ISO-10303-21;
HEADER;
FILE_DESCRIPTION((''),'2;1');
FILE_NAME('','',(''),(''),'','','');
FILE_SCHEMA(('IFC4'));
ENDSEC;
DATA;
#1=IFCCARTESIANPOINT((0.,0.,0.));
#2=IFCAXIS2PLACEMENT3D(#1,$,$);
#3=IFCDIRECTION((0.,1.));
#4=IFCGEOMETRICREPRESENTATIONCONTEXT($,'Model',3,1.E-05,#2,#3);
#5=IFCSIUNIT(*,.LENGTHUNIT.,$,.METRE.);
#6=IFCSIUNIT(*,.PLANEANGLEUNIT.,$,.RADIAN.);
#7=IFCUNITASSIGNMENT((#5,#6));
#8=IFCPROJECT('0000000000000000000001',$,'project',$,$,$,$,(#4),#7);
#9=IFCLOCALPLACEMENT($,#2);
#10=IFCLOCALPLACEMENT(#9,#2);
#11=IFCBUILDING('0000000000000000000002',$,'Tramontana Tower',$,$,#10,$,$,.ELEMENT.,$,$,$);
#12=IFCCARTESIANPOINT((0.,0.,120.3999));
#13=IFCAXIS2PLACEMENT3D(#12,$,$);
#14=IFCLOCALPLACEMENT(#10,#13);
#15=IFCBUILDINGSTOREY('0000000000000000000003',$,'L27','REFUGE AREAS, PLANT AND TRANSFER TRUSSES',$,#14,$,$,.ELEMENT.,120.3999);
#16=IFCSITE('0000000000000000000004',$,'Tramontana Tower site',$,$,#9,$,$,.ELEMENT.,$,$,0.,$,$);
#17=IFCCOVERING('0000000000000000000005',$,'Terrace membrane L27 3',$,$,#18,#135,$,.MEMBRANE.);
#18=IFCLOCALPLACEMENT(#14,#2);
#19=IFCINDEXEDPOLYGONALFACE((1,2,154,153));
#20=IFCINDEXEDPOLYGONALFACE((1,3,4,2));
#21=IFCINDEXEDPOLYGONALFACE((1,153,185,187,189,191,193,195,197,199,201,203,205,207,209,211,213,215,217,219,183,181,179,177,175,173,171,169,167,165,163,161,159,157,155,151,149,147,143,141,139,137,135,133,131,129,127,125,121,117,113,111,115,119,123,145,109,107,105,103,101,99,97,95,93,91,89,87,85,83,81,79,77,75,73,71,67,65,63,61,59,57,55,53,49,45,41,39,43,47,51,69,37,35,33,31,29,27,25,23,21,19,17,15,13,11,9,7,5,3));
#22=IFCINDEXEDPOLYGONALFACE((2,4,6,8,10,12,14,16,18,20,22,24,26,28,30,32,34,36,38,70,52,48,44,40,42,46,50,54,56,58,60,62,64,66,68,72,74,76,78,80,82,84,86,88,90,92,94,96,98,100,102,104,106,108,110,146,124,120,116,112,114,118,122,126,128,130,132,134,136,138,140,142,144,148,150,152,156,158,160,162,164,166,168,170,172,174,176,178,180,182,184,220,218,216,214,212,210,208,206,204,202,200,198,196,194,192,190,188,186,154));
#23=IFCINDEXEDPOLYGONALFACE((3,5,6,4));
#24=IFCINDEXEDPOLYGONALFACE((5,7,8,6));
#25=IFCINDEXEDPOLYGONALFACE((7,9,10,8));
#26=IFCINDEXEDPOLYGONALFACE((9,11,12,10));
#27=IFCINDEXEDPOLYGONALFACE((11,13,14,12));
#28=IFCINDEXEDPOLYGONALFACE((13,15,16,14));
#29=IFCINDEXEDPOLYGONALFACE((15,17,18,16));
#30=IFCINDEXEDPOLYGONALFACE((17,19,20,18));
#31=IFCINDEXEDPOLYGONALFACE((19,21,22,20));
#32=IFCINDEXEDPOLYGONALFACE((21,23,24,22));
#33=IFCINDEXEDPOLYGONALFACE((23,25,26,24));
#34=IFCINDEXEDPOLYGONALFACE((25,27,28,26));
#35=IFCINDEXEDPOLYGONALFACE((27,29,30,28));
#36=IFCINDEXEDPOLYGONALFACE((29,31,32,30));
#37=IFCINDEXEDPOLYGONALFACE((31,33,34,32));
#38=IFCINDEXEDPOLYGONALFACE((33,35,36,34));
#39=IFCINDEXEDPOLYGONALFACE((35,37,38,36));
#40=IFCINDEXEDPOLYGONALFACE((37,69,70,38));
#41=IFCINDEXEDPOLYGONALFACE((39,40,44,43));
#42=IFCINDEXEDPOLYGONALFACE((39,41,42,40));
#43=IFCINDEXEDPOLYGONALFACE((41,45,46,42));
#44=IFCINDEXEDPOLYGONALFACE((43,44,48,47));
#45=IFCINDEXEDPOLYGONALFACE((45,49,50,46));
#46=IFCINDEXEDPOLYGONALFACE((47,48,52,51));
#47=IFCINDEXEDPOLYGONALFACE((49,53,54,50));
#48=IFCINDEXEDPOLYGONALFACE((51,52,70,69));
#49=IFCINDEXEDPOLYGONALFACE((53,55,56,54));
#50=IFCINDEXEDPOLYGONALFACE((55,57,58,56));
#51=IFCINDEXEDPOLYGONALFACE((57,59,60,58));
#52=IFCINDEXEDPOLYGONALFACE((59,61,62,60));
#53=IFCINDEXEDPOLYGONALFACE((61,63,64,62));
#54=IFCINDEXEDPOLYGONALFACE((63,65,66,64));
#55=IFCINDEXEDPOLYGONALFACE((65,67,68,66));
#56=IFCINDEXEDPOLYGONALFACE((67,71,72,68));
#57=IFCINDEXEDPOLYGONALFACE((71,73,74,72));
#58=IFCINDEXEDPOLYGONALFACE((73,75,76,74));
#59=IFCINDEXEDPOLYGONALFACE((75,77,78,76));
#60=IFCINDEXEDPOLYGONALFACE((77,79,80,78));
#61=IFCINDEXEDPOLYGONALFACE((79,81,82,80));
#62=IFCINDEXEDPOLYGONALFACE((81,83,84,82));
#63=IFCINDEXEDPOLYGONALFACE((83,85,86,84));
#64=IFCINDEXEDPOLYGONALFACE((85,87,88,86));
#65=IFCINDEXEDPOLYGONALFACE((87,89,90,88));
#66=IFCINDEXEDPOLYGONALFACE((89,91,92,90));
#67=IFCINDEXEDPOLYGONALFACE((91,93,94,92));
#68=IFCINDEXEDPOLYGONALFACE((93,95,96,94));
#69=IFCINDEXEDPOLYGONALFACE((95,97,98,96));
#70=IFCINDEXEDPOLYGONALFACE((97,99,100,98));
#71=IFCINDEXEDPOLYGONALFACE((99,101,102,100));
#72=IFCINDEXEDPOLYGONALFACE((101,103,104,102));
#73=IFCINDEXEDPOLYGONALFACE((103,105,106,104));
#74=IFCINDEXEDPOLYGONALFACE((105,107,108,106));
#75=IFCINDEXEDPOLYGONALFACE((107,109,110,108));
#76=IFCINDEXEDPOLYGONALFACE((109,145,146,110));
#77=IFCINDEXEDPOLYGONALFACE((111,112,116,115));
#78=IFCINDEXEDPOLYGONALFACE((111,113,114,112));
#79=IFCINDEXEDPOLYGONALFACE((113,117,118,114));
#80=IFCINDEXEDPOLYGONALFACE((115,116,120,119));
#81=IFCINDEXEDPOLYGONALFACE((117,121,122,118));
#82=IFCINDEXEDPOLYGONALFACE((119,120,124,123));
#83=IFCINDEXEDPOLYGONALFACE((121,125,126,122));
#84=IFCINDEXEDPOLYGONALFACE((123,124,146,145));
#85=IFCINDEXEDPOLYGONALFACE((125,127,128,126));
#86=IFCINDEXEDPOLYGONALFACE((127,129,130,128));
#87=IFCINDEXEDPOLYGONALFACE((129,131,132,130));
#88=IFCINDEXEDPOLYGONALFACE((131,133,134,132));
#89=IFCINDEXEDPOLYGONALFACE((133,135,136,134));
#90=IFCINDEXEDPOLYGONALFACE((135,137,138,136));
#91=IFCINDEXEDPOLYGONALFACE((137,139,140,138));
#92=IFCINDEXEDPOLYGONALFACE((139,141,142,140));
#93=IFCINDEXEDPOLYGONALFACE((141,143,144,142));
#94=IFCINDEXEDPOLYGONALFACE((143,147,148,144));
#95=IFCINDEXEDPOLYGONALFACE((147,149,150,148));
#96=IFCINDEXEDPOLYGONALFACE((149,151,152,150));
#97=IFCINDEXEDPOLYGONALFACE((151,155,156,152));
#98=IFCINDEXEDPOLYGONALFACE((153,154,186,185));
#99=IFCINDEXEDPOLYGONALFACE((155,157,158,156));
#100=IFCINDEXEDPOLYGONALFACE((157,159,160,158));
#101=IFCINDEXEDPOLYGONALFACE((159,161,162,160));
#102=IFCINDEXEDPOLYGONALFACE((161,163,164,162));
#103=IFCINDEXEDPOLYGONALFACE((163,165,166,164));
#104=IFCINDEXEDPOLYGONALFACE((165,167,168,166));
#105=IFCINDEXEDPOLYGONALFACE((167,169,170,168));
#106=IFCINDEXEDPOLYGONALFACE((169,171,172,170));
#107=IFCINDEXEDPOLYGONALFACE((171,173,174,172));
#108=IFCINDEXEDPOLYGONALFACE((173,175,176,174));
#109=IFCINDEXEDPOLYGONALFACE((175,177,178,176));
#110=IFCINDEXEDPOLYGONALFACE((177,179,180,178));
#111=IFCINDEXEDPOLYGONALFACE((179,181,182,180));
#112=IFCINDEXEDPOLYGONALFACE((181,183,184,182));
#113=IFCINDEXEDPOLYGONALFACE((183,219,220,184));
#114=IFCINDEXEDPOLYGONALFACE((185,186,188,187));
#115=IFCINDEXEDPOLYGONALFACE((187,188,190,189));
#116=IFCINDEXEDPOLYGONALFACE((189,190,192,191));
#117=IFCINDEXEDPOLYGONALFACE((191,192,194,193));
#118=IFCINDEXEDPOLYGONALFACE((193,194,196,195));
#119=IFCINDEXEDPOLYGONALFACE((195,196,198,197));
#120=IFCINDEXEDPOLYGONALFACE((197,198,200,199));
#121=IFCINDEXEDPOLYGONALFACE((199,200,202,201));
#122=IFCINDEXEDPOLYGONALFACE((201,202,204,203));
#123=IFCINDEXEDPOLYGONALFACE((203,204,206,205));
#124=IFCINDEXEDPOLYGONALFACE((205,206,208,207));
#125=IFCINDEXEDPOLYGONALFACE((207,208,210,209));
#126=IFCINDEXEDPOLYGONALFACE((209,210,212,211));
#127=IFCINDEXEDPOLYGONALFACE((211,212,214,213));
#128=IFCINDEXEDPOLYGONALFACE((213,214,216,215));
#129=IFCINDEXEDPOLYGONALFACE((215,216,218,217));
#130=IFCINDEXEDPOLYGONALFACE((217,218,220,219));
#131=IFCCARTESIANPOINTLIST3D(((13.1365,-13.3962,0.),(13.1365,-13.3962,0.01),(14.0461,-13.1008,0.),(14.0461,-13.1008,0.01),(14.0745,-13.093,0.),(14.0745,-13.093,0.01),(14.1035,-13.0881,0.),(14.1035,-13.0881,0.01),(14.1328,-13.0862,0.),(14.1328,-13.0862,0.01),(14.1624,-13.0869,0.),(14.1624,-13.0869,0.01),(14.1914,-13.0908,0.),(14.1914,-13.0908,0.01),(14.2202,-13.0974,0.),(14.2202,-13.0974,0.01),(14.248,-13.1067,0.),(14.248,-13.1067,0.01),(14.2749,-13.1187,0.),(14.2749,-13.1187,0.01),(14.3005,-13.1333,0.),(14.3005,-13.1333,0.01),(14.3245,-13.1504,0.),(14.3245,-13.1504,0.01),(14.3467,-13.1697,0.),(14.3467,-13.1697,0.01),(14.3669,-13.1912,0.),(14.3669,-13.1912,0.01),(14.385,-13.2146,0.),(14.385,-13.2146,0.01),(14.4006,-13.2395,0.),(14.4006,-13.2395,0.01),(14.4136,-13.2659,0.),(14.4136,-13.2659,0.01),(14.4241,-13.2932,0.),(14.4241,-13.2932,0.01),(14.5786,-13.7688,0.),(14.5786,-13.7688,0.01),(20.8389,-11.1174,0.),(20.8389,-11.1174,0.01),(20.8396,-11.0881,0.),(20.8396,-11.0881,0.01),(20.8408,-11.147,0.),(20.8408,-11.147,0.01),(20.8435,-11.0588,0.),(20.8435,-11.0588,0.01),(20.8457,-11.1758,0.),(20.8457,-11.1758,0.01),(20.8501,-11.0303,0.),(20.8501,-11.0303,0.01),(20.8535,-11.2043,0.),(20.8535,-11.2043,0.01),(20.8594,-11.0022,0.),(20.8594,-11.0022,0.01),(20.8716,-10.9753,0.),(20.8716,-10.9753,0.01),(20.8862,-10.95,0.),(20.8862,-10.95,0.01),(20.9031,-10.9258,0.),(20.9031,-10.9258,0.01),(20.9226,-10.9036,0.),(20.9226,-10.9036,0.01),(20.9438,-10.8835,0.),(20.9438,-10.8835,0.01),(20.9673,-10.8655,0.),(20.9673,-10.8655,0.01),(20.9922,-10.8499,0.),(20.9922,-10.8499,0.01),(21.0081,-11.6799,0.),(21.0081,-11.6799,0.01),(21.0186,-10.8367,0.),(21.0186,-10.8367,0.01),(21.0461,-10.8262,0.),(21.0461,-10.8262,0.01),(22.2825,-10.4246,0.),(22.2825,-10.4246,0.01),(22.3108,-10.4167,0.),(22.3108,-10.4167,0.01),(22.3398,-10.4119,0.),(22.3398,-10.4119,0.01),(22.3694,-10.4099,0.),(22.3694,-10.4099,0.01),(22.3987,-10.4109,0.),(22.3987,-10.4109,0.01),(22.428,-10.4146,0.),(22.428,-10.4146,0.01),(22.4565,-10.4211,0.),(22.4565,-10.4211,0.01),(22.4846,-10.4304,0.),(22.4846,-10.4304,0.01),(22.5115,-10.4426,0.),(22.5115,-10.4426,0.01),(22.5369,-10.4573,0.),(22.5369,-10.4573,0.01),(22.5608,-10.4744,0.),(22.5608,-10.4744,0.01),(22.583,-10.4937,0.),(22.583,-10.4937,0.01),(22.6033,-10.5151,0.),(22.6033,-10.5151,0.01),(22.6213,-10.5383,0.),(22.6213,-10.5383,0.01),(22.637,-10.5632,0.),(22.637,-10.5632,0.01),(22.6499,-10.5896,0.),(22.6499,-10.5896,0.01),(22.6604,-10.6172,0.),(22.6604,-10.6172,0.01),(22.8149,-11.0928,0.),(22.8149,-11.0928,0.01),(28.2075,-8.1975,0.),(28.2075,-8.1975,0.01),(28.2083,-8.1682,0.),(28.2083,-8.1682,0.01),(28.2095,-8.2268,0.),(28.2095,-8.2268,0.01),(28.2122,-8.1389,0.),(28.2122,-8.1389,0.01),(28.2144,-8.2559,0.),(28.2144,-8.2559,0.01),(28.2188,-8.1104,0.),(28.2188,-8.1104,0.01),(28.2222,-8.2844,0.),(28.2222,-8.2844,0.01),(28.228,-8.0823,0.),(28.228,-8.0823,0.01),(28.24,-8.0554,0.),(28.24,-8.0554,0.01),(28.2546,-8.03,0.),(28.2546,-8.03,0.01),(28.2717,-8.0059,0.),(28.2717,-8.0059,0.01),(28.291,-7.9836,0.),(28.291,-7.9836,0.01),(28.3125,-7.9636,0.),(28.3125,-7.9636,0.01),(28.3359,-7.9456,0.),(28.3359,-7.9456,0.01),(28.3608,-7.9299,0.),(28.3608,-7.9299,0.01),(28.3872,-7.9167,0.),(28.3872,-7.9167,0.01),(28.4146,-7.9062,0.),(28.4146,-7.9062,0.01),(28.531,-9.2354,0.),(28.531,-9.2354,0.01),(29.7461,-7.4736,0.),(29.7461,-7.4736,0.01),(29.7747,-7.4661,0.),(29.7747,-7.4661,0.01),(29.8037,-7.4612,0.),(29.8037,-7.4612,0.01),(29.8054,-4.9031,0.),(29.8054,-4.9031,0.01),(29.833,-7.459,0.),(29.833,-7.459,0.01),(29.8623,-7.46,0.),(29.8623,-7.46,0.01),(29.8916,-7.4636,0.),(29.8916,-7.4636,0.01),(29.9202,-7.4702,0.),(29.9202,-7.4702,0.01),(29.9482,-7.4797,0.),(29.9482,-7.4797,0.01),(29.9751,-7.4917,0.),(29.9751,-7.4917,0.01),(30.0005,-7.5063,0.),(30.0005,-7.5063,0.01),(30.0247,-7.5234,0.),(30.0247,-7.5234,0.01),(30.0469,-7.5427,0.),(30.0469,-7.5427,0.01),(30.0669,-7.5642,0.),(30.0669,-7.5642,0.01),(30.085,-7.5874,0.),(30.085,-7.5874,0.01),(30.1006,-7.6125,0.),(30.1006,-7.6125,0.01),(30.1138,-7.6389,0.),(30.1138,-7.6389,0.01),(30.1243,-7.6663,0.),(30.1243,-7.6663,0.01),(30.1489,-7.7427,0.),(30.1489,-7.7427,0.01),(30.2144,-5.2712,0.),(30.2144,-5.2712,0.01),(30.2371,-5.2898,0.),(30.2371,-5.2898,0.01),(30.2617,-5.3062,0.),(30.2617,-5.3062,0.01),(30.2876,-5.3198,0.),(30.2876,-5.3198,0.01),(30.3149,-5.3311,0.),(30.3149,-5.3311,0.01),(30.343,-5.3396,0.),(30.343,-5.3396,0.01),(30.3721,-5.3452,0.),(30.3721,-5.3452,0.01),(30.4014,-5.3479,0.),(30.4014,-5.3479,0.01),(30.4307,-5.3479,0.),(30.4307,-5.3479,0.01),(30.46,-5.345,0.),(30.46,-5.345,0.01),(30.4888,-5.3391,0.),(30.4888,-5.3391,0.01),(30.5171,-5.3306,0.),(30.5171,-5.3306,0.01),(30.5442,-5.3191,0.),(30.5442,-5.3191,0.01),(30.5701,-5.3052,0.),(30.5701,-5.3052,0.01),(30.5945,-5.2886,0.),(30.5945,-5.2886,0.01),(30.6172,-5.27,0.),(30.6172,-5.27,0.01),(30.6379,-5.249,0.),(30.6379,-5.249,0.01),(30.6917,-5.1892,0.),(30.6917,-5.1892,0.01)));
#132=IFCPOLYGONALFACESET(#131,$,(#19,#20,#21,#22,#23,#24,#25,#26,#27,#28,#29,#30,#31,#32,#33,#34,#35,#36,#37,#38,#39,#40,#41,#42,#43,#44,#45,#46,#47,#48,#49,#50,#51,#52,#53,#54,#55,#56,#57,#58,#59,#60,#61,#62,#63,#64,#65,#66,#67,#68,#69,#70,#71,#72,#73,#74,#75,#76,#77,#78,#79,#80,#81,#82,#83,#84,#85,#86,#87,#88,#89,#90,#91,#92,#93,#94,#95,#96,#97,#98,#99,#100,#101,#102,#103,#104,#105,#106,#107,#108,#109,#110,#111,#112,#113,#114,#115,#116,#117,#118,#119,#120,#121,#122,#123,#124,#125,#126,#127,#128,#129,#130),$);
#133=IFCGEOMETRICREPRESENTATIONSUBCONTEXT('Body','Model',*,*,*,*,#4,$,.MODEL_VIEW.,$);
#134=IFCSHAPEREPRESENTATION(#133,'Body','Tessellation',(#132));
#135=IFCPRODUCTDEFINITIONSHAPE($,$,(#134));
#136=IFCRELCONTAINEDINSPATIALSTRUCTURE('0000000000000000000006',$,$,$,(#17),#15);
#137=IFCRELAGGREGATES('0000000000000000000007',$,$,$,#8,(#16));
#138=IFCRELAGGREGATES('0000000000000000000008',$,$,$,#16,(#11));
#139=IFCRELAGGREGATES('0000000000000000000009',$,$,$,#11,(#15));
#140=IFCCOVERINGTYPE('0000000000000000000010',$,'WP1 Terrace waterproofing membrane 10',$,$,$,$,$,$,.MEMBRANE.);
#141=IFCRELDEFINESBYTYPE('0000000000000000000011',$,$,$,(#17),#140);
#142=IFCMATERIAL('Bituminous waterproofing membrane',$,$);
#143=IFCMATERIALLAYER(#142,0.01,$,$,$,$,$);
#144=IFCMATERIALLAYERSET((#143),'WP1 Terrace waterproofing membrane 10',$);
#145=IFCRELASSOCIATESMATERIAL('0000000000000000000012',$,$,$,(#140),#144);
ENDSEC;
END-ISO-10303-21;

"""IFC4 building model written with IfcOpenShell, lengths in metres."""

from ifc_helpers import new_model, si_unit, direction, frame, origin, place, context, subcontext, project, spatial, polyline, outline, extrude, material, layer, layer_set, type_object, element, save


model = new_model("IFC4")

# Units and contexts
model_context = context("Model", 3, precision=1e-05, world=origin(), true_north=direction((0.0, 1.0)))
body_context = subcontext(model_context, "Body", "Model", "MODEL_VIEW")
ifc_project = project(units=[si_unit("LENGTHUNIT", "METRE"), si_unit("PLANEANGLEUNIT", "RADIAN")], contexts=[model_context])

# Site, building, storey
site_placement = place(None, origin())
site = spatial("IfcSite", under=ifc_project, at=site_placement, Name="Tramontana Tower site", CompositionType="ELEMENT", RefElevation=0.0)
building_placement = place(site_placement, origin())
building = spatial("IfcBuilding", under=site, at=building_placement, Name="Tramontana Tower", CompositionType="ELEMENT")
storey_placement = place(building_placement, frame((0.0, 0.0, 120.3999)))
storey = spatial("IfcBuildingStorey", under=building, at=storey_placement, Name="L27", Description="REFUGE AREAS, PLANT AND TRANSFER TRUSSES", CompositionType="ELEMENT", Elevation=120.3999)

# Covering
ifc_material_1 = material(Name="Bituminous waterproofing membrane")
ifc_layer_1 = layer(ifc_material_1, 0.01)
ifc_layer_set_1 = layer_set([ifc_layer_1], Name="WP1 Terrace waterproofing membrane 10")
covering_type_1 = type_object("IfcCoveringType", Name="WP1 Terrace waterproofing membrane 10", PredefinedType="MEMBRANE", material=ifc_layer_set_1)
covering_1_placement = place(storey_placement, origin())
element("IfcCovering", 1, at=covering_1_placement, inside=storey, type_object=covering_type_1, Name="Terrace membrane L27 3", PredefinedType="MEMBRANE", context=body_context, shape_type="SweptSolid", body=[
    extrude(outline(polyline([(30.1489, -7.7427), (30.1243, -7.6663), (30.1138, -7.6389), (30.1006, -7.6125), (30.085, -7.5874), (30.0669, -7.5642), (30.0469, -7.5427), (30.0247, -7.5234), (30.0005, -7.5063), (29.9751, -7.4917), (29.9482, -7.4797), (29.9202, -7.4702), (29.8916, -7.4636), (29.8623, -7.46), (29.833, -7.459), (29.8037, -7.4612), (29.7747, -7.4661), (29.7461, -7.4736), (28.4146, -7.9062), (28.3872, -7.9167), (28.3608, -7.9299), (28.3359, -7.9456), (28.3125, -7.9636), (28.291, -7.9836), (28.2717, -8.0059), (28.2546, -8.03), (28.24, -8.0554), (28.228, -8.0823), (28.2188, -8.1104), (28.2122, -8.1389), (28.2083, -8.1682), (28.2075, -8.1975), (28.2095, -8.2268), (28.2144, -8.2559), (28.2222, -8.2844), (28.531, -9.2354), (22.8149, -11.0928), (22.6604, -10.6172), (22.6499, -10.5896), (22.637, -10.5632), (22.6213, -10.5383), (22.6033, -10.5151), (22.583, -10.4937), (22.5608, -10.4744), (22.5369, -10.4573), (22.5115, -10.4426), (22.4846, -10.4304), (22.4565, -10.4211), (22.428, -10.4146), (22.3987, -10.4109), (22.3694, -10.4099), (22.3398, -10.4119), (22.3108, -10.4167), (22.2825, -10.4246), (21.0461, -10.8262), (21.0186, -10.8367), (20.9922, -10.8499), (20.9673, -10.8655), (20.9438, -10.8835), (20.9226, -10.9036), (20.9031, -10.9258), (20.8862, -10.95), (20.8716, -10.9753), (20.8594, -11.0022), (20.8501, -11.0303), (20.8435, -11.0588), (20.8396, -11.0881), (20.8389, -11.1174), (20.8408, -11.147), (20.8457, -11.1758), (20.8535, -11.2043), (21.0081, -11.6799), (14.5786, -13.7688), (14.4241, -13.2932), (14.4136, -13.2659), (14.4006, -13.2395), (14.385, -13.2146), (14.3669, -13.1912), (14.3467, -13.1697), (14.3245, -13.1504), (14.3005, -13.1333), (14.2749, -13.1187), (14.248, -13.1067), (14.2202, -13.0974), (14.1914, -13.0908), (14.1624, -13.0869), (14.1328, -13.0862), (14.1035, -13.0881), (14.0745, -13.093), (14.0461, -13.1008), (13.1365, -13.3962), (29.8054, -4.9031), (30.2144, -5.2712), (30.2371, -5.2898), (30.2617, -5.3062), (30.2876, -5.3198), (30.3149, -5.3311), (30.343, -5.3396), (30.3721, -5.3452), (30.4014, -5.3479), (30.4307, -5.3479), (30.46, -5.345), (30.4888, -5.3391), (30.5171, -5.3306), (30.5442, -5.3191), (30.5701, -5.3052), (30.5945, -5.2886), (30.6172, -5.27), (30.6379, -5.249), (30.6917, -5.1892), (30.1489, -7.7427)])), origin(), (0.0, 0.0, 1.0), 0.01),
])

save(model, "model.ifc")
